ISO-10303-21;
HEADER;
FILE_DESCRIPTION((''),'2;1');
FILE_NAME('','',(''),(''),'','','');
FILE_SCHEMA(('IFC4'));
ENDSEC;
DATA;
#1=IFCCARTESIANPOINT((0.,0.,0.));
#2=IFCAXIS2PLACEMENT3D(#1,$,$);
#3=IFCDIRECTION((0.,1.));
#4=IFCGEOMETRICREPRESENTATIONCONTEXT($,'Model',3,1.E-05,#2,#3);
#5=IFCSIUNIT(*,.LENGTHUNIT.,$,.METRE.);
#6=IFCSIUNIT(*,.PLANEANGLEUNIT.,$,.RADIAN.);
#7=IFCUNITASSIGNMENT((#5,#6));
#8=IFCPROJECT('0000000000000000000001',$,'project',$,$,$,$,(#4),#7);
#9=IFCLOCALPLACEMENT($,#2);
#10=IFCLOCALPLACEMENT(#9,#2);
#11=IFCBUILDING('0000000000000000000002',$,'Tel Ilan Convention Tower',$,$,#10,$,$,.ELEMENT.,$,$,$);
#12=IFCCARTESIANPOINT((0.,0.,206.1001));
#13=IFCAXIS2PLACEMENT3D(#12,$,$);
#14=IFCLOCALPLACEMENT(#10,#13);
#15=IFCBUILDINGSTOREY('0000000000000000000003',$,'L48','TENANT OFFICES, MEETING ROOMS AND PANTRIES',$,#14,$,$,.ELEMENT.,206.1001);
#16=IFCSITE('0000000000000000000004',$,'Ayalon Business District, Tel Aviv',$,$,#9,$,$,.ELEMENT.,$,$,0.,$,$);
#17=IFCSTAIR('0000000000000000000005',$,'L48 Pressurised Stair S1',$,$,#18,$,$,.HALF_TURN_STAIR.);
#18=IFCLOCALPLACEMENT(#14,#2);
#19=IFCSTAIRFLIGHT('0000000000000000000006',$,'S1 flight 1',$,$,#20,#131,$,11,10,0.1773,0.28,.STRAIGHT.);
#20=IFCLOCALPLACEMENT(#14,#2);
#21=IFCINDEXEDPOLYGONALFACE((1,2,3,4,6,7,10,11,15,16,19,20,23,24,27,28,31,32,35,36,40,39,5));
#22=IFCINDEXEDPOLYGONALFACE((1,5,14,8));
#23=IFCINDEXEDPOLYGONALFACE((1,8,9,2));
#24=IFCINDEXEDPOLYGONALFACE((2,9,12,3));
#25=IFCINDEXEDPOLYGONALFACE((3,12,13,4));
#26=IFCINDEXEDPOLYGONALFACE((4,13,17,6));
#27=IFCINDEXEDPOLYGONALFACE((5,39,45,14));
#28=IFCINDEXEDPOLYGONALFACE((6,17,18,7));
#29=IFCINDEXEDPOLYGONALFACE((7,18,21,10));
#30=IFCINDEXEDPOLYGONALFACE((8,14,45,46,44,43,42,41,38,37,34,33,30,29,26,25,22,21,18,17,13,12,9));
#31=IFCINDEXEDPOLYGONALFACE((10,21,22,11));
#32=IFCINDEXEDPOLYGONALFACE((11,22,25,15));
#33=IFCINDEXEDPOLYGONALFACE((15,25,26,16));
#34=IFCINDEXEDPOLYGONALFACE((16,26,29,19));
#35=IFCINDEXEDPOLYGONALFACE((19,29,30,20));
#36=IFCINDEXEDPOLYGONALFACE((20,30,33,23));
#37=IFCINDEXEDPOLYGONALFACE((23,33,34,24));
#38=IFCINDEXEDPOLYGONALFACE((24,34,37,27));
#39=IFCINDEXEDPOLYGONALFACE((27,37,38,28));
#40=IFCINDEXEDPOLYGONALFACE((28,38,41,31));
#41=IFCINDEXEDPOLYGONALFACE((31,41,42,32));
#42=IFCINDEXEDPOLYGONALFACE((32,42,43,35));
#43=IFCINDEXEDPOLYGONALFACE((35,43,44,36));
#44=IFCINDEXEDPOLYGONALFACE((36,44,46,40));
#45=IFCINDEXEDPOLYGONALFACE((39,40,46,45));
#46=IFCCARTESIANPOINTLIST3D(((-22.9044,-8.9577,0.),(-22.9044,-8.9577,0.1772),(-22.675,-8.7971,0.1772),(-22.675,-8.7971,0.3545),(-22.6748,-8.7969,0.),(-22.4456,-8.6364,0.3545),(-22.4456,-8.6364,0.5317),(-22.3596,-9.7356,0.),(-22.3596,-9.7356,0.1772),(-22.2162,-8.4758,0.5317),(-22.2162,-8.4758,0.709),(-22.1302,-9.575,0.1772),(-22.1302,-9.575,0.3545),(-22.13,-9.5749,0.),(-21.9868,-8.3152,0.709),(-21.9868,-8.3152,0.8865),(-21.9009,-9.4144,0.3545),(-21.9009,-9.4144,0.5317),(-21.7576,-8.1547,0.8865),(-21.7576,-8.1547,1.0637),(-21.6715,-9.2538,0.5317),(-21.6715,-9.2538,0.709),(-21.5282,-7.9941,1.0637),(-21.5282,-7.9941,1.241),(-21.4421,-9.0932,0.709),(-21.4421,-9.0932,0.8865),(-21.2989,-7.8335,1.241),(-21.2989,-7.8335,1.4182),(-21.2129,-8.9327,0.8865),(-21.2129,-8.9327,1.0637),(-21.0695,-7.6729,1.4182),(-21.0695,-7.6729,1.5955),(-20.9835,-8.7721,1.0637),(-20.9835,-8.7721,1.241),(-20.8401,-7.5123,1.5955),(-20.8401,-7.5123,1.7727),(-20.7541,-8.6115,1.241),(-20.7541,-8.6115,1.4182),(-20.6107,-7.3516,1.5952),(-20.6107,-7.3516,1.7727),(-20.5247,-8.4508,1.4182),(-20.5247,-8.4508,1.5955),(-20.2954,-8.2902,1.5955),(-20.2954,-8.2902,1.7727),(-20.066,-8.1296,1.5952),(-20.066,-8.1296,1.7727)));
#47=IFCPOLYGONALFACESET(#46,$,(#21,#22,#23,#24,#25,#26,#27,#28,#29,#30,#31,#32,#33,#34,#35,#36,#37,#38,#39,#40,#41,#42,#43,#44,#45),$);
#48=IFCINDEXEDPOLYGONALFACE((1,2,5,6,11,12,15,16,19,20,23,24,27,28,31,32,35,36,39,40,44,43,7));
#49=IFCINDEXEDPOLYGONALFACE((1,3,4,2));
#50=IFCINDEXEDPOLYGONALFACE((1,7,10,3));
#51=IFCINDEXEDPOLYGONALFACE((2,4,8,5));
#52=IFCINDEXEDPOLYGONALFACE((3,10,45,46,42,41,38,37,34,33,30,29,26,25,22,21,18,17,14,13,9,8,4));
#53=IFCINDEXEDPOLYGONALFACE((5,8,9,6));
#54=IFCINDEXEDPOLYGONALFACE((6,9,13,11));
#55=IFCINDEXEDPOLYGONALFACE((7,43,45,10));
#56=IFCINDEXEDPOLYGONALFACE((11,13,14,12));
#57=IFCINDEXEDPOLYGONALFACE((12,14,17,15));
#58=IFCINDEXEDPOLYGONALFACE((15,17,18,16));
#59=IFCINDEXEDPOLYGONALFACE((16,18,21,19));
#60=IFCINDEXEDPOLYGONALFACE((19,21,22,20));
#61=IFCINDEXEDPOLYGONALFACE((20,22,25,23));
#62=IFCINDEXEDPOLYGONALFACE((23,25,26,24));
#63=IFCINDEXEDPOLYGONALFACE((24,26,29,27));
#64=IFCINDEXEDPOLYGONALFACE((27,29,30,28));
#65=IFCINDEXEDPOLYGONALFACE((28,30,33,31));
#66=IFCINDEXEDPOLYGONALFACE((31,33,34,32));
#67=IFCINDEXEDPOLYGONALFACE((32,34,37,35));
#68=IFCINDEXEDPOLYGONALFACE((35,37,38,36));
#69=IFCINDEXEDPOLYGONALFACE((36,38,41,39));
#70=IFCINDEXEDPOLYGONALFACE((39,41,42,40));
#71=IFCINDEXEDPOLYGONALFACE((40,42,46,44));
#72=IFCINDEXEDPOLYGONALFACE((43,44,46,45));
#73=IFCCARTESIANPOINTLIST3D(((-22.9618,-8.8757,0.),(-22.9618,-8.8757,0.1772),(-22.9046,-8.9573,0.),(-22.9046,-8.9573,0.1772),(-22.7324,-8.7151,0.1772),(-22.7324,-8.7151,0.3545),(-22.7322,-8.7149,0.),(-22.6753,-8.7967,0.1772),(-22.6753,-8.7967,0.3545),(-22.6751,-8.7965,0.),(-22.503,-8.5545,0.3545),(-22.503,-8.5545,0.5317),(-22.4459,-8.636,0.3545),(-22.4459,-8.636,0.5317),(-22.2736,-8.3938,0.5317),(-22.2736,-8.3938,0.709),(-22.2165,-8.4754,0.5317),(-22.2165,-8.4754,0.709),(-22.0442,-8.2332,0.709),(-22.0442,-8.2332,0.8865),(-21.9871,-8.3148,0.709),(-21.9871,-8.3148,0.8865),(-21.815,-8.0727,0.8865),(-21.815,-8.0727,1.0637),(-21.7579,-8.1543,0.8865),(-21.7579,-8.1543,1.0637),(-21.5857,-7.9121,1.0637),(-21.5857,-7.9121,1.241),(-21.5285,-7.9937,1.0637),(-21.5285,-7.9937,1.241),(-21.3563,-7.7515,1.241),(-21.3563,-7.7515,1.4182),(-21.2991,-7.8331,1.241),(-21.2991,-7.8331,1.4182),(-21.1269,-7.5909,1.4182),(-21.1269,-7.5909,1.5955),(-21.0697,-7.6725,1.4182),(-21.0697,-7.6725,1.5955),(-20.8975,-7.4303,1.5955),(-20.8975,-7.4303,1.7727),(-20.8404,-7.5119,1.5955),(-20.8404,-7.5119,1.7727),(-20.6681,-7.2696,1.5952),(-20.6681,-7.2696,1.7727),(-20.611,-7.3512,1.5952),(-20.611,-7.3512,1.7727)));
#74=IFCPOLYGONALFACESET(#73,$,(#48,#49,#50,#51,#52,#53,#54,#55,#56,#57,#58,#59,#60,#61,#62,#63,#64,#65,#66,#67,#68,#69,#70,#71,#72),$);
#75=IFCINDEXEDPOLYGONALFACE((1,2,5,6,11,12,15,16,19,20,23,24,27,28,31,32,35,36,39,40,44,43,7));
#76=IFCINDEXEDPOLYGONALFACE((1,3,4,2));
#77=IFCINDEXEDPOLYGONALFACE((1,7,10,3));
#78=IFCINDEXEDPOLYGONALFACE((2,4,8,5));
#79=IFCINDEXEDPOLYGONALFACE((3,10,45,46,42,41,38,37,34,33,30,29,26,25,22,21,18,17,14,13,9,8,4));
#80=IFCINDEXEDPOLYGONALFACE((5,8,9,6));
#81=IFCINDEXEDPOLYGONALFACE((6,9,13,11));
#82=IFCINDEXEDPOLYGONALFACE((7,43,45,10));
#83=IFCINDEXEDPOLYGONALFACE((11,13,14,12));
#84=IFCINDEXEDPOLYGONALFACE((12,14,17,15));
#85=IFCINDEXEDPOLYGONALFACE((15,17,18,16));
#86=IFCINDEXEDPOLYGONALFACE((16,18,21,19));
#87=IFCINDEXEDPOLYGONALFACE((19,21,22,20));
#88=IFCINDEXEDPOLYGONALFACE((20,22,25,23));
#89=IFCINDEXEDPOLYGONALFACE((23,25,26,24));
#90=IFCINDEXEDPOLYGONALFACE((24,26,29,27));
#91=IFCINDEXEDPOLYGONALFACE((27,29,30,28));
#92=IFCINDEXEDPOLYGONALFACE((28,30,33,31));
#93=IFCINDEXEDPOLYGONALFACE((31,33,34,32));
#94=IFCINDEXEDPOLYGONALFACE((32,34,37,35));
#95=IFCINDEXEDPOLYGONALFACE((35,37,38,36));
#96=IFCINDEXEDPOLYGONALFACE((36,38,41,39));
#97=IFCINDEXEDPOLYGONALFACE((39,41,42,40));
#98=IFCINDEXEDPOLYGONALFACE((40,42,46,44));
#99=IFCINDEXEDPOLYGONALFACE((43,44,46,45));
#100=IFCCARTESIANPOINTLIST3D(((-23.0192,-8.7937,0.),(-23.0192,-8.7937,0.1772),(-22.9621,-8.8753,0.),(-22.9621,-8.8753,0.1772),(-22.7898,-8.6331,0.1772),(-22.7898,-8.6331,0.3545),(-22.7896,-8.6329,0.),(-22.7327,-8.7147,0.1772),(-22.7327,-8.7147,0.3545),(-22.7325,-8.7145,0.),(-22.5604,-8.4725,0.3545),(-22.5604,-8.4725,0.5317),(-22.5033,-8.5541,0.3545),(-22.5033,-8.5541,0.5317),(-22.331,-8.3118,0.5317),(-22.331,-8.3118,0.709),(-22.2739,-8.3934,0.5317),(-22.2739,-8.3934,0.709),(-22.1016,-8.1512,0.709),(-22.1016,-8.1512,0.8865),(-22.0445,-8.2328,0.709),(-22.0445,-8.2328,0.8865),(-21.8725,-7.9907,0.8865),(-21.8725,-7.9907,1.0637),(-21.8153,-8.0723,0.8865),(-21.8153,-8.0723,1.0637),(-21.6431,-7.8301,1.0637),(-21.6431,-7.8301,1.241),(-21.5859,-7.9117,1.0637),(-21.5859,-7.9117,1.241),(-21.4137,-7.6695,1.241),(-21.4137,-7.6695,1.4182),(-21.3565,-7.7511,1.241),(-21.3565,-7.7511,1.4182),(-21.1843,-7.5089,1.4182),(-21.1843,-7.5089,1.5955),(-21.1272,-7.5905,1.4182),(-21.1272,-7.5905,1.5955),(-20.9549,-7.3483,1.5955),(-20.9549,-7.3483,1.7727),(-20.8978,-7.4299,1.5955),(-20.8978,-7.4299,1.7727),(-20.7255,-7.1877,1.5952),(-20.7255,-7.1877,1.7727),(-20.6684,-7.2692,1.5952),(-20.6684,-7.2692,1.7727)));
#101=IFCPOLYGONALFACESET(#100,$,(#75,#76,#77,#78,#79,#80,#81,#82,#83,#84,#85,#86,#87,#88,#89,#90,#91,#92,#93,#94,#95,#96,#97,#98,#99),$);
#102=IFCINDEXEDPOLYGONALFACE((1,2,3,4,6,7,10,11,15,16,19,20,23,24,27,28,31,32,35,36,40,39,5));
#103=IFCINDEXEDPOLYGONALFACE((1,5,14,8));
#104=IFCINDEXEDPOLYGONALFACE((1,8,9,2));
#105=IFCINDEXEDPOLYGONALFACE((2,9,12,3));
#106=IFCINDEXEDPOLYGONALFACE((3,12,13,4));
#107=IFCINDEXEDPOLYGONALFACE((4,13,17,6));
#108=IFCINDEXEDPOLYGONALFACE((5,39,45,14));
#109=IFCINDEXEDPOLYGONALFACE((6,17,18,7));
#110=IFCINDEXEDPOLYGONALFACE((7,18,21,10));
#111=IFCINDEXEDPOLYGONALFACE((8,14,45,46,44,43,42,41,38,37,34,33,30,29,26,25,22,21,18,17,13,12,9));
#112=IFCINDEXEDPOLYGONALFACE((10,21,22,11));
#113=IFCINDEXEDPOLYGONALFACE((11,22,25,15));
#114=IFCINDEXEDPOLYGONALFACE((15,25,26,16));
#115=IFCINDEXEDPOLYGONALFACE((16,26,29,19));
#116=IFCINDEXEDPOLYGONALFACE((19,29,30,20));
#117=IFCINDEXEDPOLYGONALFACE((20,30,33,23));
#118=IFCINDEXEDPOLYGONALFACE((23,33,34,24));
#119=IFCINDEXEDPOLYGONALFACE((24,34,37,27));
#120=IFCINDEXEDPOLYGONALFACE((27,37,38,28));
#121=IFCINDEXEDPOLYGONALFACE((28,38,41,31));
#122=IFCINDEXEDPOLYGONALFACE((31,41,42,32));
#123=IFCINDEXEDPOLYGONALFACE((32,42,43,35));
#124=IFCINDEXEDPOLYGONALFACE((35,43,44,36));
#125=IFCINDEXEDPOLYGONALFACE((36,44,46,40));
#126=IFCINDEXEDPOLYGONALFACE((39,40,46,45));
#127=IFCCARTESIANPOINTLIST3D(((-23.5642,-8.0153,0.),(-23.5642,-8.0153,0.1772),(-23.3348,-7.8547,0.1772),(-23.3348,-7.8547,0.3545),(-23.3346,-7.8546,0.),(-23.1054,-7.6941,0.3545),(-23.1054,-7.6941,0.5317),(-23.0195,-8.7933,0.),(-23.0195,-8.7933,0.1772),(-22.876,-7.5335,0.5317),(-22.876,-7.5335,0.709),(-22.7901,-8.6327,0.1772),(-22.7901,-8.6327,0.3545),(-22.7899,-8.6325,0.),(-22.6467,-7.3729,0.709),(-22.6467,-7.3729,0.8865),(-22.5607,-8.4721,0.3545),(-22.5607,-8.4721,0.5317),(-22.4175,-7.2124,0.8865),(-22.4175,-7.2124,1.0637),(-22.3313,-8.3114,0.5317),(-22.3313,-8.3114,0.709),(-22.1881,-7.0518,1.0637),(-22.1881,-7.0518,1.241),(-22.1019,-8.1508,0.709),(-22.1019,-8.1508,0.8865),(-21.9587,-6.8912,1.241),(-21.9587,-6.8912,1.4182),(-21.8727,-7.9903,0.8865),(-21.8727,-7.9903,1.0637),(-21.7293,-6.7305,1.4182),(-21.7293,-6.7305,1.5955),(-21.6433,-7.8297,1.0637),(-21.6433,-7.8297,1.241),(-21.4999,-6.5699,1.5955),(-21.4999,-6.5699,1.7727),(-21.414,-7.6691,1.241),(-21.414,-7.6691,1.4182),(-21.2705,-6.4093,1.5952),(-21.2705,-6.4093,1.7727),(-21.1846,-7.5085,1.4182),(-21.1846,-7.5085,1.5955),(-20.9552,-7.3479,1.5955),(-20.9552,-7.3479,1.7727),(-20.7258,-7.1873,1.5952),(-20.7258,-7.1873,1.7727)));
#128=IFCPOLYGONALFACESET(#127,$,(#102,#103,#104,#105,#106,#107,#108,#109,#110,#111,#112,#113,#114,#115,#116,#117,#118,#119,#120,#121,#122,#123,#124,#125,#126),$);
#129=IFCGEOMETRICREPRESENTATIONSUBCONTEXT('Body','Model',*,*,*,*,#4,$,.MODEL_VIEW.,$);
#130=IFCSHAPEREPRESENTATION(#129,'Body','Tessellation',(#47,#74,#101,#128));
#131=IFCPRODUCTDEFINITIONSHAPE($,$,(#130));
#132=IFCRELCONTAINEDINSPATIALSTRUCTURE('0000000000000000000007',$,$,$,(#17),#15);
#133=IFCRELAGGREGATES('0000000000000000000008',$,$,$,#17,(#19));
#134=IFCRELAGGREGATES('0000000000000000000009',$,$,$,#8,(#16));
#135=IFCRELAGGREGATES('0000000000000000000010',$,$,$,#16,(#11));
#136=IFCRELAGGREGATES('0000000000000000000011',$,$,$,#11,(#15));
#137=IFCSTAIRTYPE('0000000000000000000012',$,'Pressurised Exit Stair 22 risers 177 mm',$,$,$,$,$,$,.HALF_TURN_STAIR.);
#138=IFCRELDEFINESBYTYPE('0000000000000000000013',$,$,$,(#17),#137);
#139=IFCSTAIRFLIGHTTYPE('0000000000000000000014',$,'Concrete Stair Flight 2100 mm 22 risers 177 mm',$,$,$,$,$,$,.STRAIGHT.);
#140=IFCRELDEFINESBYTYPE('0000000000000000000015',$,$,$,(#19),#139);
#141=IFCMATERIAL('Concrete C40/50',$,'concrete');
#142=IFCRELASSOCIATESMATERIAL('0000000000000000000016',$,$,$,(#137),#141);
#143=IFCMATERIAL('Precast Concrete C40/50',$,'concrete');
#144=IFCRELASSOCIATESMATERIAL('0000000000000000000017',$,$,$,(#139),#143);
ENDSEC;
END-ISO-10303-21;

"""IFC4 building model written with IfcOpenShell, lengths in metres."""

from ifc_helpers import new_model, si_unit, direction, frame, origin, place, context, subcontext, project, spatial, polyline, outline, extrude, material, type_object, element, aggregate, save


model = new_model("IFC4")

# Units and contexts
model_context = context("Model", 3, precision=1e-05, world=origin(), true_north=direction((0.0, 1.0)))
body_context = subcontext(model_context, "Body", "Model", "MODEL_VIEW")
ifc_project = project(units=[si_unit("LENGTHUNIT", "METRE"), si_unit("PLANEANGLEUNIT", "RADIAN")], contexts=[model_context])

# Site, building, storey
site_placement = place(None, origin())
site = spatial("IfcSite", under=ifc_project, at=site_placement, Name="Ayalon Business District, Tel Aviv", CompositionType="ELEMENT", RefElevation=0.0)
building_placement = place(site_placement, origin())
building = spatial("IfcBuilding", under=site, at=building_placement, Name="Tel Ilan Convention Tower", CompositionType="ELEMENT")
storey_placement = place(building_placement, frame((0.0, 0.0, 206.1001)))
storey = spatial("IfcBuildingStorey", under=building, at=storey_placement, Name="L48", Description="TENANT OFFICES, MEETING ROOMS AND PANTRIES", CompositionType="ELEMENT", Elevation=206.1001)

# Stair, stair flight
ifc_material_1 = material(Name="Concrete C40/50", Category="concrete")
stair_type = type_object("IfcStairType", Name="Pressurised Exit Stair 22 risers 177 mm", PredefinedType="HALF_TURN_STAIR", material=ifc_material_1)
stair_1_placement = place(storey_placement, origin())
stair_1 = element("IfcStair", 1, at=stair_1_placement, inside=storey, type_object=stair_type, Name="L48 Pressurised Stair S1", PredefinedType="HALF_TURN_STAIR")
ifc_material_2 = material(Name="Precast Concrete C40/50", Category="concrete")
stair_flight_type = type_object("IfcStairFlightType", Name="Concrete Stair Flight 2100 mm 22 risers 177 mm", PredefinedType="STRAIGHT", material=ifc_material_2)
stair_flight_1_placement = place(storey_placement, frame((-22.9619, -8.8755, 0.0), z_axis=(0.0, 0.0, 1.0), x_axis=(0.819152, 0.573576, 0.0)))
stair_flight_1 = element("IfcStairFlight", 2, at=stair_flight_1_placement, type_object=stair_flight_type, Name="S1 flight 1", NumberOfRisers=11, NumberOfTreads=10, PredefinedType="STRAIGHT", RiserHeight=0.1773, TreadLength=0.28, context=body_context, shape_type="SweptSolid", body=[
    extrude(outline(polyline([(0.0, 0.0), (0.0, 0.1772), (0.28, 0.1772), (0.28, 0.3545), (0.5601, 0.3545), (0.5601, 0.5317), (0.8401, 0.5317), (0.8401, 0.709), (1.1201, 0.709), (1.1201, 0.8865), (1.3999, 0.8865), (1.3999, 1.0637), (1.6799, 1.0637), (1.6799, 1.241), (1.96, 1.241), (1.96, 1.4182), (2.24, 1.4182), (2.24, 1.5955), (2.52, 1.5955), (2.52, 1.7727), (2.8, 1.7727), (2.8, 1.95), (2.8, 1.5952), (0.2803, 0.0), (0.0, 0.0)])), frame((0.0, -0.1003, 0.0), z_axis=(0.0, -1.0, 0.0), x_axis=(1.0, 0.0, 0.0)), (0.0, 0.0, 1.0), 0.9497),
    extrude(outline(polyline([(0.0, 0.0), (0.0, 0.1772), (0.28, 0.1772), (0.28, 0.3545), (0.5601, 0.3545), (0.5601, 0.5317), (0.8401, 0.5317), (0.8401, 0.709), (1.1201, 0.709), (1.1201, 0.8865), (1.3999, 0.8865), (1.3999, 1.0637), (1.6799, 1.0637), (1.6799, 1.241), (1.96, 1.241), (1.96, 1.4182), (2.24, 1.4182), (2.24, 1.5955), (2.52, 1.5955), (2.52, 1.7727), (2.8, 1.7727), (2.8, 1.95), (2.8, 1.5952), (0.2803, 0.0), (0.0, 0.0)])), frame((0.0, -0.0002, 0.0), z_axis=(0.0, -1.0, 0.0), x_axis=(1.0, 0.0, 0.0)), (0.0, 0.0, 1.0), 0.0996),
    extrude(outline(polyline([(0.0, 0.0), (0.0, 0.1772), (0.28, 0.1772), (0.28, 0.3545), (0.5601, 0.3545), (0.5601, 0.5317), (0.8401, 0.5317), (0.8401, 0.709), (1.1201, 0.709), (1.1201, 0.8865), (1.3999, 0.8865), (1.3999, 1.0637), (1.6799, 1.0637), (1.6799, 1.241), (1.96, 1.241), (1.96, 1.4182), (2.24, 1.4182), (2.24, 1.5955), (2.52, 1.5955), (2.52, 1.7727), (2.8, 1.7727), (2.8, 1.95), (2.8, 1.5952), (0.2803, 0.0), (0.0, 0.0)])), frame((0.0, 0.0999, 0.0), z_axis=(0.0, -1.0, 0.0), x_axis=(1.0, 0.0, 0.0)), (0.0, 0.0, 1.0), 0.0996),
    extrude(outline(polyline([(0.0, 0.0), (0.0, 0.1772), (0.28, 0.1772), (0.28, 0.3545), (0.5601, 0.3545), (0.5601, 0.5317), (0.8401, 0.5317), (0.8401, 0.709), (1.1201, 0.709), (1.1201, 0.8865), (1.3999, 0.8865), (1.3999, 1.0637), (1.6799, 1.0637), (1.6799, 1.241), (1.96, 1.241), (1.96, 1.4182), (2.24, 1.4182), (2.24, 1.5955), (2.52, 1.5955), (2.52, 1.7727), (2.8, 1.7727), (2.8, 1.95), (2.8, 1.5952), (0.2803, 0.0), (0.0, 0.0)])), frame((0.0, 1.05, 0.0), z_axis=(0.0, -1.0, 0.0), x_axis=(1.0, 0.0, 0.0)), (0.0, 0.0, 1.0), 0.9497),
])
aggregate(stair_1, [stair_flight_1])

save(model, "model.ifc")
